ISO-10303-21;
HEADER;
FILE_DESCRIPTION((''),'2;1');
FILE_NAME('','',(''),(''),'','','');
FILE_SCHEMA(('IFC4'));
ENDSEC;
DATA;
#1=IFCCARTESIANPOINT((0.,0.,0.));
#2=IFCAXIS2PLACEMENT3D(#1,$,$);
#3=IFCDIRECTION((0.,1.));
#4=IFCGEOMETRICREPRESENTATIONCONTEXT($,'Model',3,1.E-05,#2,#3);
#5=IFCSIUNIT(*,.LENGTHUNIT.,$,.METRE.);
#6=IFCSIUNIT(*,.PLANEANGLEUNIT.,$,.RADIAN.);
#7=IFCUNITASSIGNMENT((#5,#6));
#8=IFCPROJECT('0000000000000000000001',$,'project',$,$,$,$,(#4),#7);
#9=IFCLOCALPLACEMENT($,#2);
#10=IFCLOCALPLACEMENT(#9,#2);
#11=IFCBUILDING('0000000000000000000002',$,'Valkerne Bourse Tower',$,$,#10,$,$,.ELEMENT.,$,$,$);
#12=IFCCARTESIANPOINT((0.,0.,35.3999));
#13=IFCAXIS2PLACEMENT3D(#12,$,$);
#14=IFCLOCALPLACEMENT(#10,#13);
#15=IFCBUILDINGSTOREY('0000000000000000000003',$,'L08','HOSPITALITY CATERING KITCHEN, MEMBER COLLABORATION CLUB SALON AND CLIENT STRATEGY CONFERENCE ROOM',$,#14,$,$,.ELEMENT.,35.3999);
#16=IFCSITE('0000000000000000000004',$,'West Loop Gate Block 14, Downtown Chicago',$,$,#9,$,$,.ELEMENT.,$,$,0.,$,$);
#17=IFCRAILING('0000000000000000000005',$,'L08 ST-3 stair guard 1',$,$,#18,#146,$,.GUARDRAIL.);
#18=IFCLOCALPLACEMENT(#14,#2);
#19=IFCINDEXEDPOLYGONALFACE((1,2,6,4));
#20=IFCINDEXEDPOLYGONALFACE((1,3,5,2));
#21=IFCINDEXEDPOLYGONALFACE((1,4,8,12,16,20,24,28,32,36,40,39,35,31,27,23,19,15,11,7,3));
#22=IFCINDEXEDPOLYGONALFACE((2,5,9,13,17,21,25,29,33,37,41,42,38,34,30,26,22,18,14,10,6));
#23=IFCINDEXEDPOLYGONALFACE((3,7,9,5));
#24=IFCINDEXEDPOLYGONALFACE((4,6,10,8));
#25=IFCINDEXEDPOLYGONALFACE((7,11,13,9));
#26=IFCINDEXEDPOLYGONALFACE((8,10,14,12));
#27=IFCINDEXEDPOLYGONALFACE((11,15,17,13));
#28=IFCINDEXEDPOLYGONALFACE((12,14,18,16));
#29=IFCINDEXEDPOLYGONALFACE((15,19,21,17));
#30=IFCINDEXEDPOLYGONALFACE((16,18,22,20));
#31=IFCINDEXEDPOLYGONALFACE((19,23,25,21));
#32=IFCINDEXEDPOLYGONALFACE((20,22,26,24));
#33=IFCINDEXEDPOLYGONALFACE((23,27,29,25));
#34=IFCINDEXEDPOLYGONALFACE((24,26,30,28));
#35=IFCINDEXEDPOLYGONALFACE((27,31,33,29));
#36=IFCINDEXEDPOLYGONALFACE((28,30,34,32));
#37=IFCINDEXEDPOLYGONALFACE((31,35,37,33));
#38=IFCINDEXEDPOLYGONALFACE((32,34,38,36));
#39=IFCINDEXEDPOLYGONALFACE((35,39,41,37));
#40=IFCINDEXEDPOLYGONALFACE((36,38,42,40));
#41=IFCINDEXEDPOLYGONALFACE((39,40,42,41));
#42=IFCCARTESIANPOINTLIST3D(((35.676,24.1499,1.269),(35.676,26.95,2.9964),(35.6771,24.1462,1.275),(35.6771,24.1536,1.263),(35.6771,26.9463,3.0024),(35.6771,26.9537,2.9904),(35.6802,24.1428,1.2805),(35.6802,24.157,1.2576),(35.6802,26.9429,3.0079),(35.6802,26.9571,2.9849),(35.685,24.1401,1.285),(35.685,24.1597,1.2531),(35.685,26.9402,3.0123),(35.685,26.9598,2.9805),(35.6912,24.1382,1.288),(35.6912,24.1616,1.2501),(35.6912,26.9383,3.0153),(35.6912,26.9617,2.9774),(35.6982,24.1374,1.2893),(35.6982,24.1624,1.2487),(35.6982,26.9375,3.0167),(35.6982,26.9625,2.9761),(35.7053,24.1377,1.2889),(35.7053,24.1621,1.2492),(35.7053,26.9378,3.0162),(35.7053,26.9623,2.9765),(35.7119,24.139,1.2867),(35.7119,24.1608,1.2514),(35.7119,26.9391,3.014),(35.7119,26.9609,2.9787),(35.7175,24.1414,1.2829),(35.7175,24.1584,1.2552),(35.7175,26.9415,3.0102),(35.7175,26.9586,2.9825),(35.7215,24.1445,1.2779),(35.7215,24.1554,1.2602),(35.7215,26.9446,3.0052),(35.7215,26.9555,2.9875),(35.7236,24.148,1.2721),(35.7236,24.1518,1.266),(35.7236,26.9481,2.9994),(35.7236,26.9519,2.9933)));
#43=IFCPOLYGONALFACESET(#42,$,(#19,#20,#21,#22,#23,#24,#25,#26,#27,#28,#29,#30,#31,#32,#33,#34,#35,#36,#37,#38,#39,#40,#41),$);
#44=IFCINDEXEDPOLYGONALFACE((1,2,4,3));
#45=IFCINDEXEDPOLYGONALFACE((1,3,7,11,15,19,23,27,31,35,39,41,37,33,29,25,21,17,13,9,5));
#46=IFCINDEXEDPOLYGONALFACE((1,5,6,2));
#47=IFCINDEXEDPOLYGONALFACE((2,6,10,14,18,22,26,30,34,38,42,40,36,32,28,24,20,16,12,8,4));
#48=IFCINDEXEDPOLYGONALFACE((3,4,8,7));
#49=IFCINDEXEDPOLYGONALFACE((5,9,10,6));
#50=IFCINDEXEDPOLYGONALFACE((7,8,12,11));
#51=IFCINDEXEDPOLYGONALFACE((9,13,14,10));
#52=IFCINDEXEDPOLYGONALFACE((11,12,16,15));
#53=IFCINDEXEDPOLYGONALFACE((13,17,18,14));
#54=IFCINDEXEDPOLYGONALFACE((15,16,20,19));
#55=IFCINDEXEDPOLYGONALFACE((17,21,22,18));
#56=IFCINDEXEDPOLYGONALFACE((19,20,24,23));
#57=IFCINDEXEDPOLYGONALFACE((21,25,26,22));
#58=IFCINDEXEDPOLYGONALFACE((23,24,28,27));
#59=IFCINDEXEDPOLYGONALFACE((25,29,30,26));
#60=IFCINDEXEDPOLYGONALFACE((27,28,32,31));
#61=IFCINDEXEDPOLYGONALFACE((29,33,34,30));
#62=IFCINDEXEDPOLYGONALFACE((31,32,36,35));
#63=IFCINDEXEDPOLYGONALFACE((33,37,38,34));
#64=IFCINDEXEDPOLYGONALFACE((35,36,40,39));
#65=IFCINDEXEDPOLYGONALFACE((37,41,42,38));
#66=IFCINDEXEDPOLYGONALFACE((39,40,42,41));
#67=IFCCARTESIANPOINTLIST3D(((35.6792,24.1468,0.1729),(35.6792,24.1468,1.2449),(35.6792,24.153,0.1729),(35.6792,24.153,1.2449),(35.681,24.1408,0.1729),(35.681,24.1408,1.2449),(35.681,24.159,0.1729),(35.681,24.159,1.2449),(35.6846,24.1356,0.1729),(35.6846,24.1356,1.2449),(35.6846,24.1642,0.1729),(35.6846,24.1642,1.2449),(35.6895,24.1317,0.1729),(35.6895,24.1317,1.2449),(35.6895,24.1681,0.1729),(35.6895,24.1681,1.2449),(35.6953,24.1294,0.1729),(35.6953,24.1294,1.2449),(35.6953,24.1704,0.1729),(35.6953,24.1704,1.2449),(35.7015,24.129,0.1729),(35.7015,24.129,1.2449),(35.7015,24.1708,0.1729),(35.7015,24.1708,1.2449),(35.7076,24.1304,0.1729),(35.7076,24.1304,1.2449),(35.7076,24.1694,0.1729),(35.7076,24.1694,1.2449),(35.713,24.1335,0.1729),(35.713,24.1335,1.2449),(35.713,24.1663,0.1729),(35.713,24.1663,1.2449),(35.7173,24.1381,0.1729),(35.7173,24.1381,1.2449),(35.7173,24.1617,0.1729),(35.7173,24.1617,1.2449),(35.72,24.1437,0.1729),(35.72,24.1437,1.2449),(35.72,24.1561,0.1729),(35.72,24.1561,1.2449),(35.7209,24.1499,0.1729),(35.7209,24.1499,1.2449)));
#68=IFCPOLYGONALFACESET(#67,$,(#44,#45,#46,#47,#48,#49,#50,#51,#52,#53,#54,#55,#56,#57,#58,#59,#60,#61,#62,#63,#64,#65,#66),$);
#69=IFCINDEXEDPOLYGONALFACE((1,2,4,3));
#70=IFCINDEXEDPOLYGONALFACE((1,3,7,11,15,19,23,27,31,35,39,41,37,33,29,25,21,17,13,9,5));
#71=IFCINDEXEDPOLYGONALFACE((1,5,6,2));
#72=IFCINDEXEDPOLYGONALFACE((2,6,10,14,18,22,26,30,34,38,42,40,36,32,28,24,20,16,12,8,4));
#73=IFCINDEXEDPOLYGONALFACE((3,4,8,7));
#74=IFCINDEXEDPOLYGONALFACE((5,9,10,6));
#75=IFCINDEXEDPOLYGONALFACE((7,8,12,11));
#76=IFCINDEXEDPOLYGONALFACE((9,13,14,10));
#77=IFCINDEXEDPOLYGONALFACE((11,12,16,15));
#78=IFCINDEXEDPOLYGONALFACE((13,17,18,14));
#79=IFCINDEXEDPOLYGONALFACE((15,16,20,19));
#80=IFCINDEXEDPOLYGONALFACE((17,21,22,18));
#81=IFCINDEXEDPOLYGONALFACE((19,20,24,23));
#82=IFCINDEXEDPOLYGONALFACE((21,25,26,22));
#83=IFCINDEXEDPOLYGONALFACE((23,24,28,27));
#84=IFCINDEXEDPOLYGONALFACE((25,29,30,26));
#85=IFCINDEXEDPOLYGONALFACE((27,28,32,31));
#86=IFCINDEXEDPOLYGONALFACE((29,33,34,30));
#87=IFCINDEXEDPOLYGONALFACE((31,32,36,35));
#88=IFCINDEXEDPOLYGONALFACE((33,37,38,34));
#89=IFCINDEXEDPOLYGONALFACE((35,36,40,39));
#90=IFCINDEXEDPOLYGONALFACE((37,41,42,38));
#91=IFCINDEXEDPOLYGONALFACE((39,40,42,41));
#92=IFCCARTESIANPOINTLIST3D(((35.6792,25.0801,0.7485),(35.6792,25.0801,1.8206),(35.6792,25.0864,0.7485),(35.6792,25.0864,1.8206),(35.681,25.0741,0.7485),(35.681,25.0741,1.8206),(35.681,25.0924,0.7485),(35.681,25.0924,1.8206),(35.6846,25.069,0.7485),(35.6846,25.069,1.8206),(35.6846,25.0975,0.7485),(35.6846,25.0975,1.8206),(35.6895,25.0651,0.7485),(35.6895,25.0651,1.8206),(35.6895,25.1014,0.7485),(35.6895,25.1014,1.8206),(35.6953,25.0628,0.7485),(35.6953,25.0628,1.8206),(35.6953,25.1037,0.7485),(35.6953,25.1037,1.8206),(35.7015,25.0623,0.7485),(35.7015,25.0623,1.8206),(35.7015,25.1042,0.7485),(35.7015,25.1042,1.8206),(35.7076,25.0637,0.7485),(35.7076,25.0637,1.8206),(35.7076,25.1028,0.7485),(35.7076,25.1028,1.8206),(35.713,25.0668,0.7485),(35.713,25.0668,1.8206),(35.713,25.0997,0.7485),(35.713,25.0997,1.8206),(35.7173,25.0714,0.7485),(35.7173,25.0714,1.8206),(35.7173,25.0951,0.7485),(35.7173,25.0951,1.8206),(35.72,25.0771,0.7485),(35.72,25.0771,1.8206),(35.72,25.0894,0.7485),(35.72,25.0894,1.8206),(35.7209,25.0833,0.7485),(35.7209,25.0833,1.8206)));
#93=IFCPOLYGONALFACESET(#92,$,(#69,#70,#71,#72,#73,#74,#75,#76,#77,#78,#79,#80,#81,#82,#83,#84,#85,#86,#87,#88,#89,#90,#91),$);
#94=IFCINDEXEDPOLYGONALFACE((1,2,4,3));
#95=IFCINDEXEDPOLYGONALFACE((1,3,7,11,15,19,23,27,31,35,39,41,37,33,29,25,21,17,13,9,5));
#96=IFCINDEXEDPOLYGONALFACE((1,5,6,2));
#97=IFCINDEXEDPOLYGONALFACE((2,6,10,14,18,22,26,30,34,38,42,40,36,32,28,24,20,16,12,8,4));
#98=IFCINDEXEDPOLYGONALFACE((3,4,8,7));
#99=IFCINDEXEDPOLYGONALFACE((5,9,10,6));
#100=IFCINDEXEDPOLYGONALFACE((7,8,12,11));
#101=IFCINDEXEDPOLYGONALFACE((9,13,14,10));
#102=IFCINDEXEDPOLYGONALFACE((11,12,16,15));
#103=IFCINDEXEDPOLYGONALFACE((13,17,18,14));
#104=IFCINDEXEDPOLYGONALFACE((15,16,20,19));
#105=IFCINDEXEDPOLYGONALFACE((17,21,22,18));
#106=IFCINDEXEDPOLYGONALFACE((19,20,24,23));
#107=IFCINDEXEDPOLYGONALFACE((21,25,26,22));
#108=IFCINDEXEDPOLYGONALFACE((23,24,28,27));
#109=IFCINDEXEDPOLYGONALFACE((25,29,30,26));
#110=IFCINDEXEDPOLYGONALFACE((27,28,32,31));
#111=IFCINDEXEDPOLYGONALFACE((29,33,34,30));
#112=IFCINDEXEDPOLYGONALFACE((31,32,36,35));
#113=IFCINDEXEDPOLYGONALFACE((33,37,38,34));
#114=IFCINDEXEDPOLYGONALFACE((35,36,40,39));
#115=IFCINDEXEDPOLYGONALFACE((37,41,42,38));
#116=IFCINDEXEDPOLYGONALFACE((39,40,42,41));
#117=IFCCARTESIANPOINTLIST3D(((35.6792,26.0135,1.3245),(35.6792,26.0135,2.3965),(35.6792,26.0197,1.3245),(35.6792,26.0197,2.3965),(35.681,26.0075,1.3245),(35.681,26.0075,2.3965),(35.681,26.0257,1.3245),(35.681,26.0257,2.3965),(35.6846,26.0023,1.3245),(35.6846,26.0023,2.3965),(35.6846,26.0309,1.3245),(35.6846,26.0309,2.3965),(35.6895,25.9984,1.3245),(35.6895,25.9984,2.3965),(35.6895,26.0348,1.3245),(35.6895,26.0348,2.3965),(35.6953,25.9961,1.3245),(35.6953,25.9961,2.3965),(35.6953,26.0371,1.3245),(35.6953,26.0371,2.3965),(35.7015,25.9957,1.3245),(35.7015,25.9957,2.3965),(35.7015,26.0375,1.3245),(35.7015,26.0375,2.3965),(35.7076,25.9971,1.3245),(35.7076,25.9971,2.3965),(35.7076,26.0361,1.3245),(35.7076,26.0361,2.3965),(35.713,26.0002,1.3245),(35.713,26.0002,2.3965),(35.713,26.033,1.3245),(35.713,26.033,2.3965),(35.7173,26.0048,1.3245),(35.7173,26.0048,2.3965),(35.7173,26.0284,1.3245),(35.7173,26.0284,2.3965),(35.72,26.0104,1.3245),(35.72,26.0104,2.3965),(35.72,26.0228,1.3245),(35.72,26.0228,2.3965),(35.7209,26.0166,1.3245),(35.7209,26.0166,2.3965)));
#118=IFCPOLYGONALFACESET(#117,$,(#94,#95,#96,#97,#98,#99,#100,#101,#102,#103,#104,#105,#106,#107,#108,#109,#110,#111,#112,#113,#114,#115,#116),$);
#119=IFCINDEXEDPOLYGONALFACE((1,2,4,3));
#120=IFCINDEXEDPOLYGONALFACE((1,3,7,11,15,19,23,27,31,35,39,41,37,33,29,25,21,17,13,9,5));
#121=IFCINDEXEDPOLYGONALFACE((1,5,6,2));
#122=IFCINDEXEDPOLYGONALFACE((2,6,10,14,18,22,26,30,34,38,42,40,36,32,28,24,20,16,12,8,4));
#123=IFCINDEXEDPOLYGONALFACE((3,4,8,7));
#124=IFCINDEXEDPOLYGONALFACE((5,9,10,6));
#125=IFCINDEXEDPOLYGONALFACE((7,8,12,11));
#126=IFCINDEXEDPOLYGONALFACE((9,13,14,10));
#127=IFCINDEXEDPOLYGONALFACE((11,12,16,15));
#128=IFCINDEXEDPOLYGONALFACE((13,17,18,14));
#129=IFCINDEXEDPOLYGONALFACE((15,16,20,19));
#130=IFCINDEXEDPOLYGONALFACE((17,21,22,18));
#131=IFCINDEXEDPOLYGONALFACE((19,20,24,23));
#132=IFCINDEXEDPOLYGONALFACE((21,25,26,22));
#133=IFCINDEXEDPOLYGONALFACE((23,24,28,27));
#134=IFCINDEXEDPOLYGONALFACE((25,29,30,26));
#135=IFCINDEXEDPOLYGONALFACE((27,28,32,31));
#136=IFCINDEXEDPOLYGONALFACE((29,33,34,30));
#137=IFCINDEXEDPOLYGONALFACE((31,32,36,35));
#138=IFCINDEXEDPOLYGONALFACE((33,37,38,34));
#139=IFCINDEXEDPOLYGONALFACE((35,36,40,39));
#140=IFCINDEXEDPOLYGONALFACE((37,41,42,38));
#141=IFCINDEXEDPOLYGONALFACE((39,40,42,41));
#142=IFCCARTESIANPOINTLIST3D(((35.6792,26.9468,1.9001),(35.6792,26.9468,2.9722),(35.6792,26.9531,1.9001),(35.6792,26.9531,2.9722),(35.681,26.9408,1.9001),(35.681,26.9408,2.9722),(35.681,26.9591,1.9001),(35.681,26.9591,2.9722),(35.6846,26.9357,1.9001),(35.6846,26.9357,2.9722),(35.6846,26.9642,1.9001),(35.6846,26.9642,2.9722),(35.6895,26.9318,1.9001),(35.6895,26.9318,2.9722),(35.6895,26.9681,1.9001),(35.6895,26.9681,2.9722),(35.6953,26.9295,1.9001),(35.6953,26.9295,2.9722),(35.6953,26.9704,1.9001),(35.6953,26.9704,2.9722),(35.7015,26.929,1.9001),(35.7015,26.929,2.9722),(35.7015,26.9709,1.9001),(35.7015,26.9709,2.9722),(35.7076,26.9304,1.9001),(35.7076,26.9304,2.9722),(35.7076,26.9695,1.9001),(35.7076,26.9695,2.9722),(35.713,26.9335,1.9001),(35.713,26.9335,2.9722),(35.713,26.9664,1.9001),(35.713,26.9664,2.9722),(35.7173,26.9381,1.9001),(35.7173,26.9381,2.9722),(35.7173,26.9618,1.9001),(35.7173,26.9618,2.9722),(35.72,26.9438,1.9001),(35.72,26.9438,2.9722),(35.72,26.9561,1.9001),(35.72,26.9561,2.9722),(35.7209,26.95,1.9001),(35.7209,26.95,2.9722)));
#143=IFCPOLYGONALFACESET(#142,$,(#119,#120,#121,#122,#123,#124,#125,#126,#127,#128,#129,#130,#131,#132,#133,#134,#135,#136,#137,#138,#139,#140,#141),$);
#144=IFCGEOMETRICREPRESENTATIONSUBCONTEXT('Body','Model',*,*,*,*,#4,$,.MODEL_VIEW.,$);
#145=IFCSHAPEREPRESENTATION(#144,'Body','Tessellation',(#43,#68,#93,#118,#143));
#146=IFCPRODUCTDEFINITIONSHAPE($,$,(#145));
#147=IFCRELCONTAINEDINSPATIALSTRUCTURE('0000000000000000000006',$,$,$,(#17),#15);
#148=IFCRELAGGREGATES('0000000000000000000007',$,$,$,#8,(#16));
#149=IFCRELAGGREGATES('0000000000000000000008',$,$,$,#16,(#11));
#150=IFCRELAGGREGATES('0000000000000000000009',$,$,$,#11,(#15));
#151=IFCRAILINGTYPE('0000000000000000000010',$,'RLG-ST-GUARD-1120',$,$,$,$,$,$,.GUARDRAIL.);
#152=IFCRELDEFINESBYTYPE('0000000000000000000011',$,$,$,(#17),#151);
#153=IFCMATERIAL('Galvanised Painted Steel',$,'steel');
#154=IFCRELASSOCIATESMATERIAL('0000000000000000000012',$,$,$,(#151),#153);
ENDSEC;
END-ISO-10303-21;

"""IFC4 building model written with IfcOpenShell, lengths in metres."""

from ifc_helpers import new_model, si_unit, direction, frame, origin, origin_2d, place, context, subcontext, project, spatial, circle, extrude, material, type_object, element, save


model = new_model("IFC4")

# Units and contexts
model_context = context("Model", 3, precision=1e-05, world=origin(), true_north=direction((0.0, 1.0)))
body_context = subcontext(model_context, "Body", "Model", "MODEL_VIEW")
ifc_project = project(units=[si_unit("LENGTHUNIT", "METRE"), si_unit("PLANEANGLEUNIT", "RADIAN")], contexts=[model_context])

# Site, building, storey
site_placement = place(None, origin())
site = spatial("IfcSite", under=ifc_project, at=site_placement, Name="West Loop Gate Block 14, Downtown Chicago", CompositionType="ELEMENT", RefElevation=0.0)
building_placement = place(site_placement, origin())
building = spatial("IfcBuilding", under=site, at=building_placement, Name="Valkerne Bourse Tower", CompositionType="ELEMENT")
storey_placement = place(building_placement, frame((0.0, 0.0, 35.3999)))
storey = spatial("IfcBuildingStorey", under=building, at=storey_placement, Name="L08", Description="HOSPITALITY CATERING KITCHEN, MEMBER COLLABORATION CLUB SALON AND CLIENT STRATEGY CONFERENCE ROOM", CompositionType="ELEMENT", Elevation=35.3999)

# Shared definitions
ifc_material_1 = material(Name="Galvanised Painted Steel", Category="steel")

# Railing
railing_type = type_object("IfcRailingType", Name="RLG-ST-GUARD-1120", PredefinedType="GUARDRAIL", material=ifc_material_1)
railing_1_placement = place(storey_placement, frame((35.7, 24.1499, 0.1729)))
element("IfcRailing", 1, at=railing_1_placement, inside=storey, type_object=railing_type, Name="L08 ST-3 stair guard 1", PredefinedType="GUARDRAIL", context=body_context, shape_type="SweptSolid", body=[
    extrude(circle(Radius=0.0239, at=origin_2d()), frame((0.0, 0.0, 1.0962), z_axis=(0.0, 0.85109, 0.52502), x_axis=(-1.0, 0.0, 0.0)), (0.0, 0.0, 1.0), 3.29),
    extrude(circle(Radius=0.021, at=origin_2d()), origin(), (0.0, 0.0, 1.0), 1.072),
    extrude(circle(Radius=0.021, at=origin_2d()), frame((0.0, 0.9333, 0.5757)), (0.0, 0.0, 1.0), 1.072),
    extrude(circle(Radius=0.021, at=origin_2d()), frame((0.0, 1.8667, 1.1516)), (0.0, 0.0, 1.0), 1.072),
    extrude(circle(Radius=0.021, at=origin_2d()), frame((0.0, 2.8, 1.7273)), (0.0, 0.0, 1.0), 1.072),
])

save(model, "model.ifc")
